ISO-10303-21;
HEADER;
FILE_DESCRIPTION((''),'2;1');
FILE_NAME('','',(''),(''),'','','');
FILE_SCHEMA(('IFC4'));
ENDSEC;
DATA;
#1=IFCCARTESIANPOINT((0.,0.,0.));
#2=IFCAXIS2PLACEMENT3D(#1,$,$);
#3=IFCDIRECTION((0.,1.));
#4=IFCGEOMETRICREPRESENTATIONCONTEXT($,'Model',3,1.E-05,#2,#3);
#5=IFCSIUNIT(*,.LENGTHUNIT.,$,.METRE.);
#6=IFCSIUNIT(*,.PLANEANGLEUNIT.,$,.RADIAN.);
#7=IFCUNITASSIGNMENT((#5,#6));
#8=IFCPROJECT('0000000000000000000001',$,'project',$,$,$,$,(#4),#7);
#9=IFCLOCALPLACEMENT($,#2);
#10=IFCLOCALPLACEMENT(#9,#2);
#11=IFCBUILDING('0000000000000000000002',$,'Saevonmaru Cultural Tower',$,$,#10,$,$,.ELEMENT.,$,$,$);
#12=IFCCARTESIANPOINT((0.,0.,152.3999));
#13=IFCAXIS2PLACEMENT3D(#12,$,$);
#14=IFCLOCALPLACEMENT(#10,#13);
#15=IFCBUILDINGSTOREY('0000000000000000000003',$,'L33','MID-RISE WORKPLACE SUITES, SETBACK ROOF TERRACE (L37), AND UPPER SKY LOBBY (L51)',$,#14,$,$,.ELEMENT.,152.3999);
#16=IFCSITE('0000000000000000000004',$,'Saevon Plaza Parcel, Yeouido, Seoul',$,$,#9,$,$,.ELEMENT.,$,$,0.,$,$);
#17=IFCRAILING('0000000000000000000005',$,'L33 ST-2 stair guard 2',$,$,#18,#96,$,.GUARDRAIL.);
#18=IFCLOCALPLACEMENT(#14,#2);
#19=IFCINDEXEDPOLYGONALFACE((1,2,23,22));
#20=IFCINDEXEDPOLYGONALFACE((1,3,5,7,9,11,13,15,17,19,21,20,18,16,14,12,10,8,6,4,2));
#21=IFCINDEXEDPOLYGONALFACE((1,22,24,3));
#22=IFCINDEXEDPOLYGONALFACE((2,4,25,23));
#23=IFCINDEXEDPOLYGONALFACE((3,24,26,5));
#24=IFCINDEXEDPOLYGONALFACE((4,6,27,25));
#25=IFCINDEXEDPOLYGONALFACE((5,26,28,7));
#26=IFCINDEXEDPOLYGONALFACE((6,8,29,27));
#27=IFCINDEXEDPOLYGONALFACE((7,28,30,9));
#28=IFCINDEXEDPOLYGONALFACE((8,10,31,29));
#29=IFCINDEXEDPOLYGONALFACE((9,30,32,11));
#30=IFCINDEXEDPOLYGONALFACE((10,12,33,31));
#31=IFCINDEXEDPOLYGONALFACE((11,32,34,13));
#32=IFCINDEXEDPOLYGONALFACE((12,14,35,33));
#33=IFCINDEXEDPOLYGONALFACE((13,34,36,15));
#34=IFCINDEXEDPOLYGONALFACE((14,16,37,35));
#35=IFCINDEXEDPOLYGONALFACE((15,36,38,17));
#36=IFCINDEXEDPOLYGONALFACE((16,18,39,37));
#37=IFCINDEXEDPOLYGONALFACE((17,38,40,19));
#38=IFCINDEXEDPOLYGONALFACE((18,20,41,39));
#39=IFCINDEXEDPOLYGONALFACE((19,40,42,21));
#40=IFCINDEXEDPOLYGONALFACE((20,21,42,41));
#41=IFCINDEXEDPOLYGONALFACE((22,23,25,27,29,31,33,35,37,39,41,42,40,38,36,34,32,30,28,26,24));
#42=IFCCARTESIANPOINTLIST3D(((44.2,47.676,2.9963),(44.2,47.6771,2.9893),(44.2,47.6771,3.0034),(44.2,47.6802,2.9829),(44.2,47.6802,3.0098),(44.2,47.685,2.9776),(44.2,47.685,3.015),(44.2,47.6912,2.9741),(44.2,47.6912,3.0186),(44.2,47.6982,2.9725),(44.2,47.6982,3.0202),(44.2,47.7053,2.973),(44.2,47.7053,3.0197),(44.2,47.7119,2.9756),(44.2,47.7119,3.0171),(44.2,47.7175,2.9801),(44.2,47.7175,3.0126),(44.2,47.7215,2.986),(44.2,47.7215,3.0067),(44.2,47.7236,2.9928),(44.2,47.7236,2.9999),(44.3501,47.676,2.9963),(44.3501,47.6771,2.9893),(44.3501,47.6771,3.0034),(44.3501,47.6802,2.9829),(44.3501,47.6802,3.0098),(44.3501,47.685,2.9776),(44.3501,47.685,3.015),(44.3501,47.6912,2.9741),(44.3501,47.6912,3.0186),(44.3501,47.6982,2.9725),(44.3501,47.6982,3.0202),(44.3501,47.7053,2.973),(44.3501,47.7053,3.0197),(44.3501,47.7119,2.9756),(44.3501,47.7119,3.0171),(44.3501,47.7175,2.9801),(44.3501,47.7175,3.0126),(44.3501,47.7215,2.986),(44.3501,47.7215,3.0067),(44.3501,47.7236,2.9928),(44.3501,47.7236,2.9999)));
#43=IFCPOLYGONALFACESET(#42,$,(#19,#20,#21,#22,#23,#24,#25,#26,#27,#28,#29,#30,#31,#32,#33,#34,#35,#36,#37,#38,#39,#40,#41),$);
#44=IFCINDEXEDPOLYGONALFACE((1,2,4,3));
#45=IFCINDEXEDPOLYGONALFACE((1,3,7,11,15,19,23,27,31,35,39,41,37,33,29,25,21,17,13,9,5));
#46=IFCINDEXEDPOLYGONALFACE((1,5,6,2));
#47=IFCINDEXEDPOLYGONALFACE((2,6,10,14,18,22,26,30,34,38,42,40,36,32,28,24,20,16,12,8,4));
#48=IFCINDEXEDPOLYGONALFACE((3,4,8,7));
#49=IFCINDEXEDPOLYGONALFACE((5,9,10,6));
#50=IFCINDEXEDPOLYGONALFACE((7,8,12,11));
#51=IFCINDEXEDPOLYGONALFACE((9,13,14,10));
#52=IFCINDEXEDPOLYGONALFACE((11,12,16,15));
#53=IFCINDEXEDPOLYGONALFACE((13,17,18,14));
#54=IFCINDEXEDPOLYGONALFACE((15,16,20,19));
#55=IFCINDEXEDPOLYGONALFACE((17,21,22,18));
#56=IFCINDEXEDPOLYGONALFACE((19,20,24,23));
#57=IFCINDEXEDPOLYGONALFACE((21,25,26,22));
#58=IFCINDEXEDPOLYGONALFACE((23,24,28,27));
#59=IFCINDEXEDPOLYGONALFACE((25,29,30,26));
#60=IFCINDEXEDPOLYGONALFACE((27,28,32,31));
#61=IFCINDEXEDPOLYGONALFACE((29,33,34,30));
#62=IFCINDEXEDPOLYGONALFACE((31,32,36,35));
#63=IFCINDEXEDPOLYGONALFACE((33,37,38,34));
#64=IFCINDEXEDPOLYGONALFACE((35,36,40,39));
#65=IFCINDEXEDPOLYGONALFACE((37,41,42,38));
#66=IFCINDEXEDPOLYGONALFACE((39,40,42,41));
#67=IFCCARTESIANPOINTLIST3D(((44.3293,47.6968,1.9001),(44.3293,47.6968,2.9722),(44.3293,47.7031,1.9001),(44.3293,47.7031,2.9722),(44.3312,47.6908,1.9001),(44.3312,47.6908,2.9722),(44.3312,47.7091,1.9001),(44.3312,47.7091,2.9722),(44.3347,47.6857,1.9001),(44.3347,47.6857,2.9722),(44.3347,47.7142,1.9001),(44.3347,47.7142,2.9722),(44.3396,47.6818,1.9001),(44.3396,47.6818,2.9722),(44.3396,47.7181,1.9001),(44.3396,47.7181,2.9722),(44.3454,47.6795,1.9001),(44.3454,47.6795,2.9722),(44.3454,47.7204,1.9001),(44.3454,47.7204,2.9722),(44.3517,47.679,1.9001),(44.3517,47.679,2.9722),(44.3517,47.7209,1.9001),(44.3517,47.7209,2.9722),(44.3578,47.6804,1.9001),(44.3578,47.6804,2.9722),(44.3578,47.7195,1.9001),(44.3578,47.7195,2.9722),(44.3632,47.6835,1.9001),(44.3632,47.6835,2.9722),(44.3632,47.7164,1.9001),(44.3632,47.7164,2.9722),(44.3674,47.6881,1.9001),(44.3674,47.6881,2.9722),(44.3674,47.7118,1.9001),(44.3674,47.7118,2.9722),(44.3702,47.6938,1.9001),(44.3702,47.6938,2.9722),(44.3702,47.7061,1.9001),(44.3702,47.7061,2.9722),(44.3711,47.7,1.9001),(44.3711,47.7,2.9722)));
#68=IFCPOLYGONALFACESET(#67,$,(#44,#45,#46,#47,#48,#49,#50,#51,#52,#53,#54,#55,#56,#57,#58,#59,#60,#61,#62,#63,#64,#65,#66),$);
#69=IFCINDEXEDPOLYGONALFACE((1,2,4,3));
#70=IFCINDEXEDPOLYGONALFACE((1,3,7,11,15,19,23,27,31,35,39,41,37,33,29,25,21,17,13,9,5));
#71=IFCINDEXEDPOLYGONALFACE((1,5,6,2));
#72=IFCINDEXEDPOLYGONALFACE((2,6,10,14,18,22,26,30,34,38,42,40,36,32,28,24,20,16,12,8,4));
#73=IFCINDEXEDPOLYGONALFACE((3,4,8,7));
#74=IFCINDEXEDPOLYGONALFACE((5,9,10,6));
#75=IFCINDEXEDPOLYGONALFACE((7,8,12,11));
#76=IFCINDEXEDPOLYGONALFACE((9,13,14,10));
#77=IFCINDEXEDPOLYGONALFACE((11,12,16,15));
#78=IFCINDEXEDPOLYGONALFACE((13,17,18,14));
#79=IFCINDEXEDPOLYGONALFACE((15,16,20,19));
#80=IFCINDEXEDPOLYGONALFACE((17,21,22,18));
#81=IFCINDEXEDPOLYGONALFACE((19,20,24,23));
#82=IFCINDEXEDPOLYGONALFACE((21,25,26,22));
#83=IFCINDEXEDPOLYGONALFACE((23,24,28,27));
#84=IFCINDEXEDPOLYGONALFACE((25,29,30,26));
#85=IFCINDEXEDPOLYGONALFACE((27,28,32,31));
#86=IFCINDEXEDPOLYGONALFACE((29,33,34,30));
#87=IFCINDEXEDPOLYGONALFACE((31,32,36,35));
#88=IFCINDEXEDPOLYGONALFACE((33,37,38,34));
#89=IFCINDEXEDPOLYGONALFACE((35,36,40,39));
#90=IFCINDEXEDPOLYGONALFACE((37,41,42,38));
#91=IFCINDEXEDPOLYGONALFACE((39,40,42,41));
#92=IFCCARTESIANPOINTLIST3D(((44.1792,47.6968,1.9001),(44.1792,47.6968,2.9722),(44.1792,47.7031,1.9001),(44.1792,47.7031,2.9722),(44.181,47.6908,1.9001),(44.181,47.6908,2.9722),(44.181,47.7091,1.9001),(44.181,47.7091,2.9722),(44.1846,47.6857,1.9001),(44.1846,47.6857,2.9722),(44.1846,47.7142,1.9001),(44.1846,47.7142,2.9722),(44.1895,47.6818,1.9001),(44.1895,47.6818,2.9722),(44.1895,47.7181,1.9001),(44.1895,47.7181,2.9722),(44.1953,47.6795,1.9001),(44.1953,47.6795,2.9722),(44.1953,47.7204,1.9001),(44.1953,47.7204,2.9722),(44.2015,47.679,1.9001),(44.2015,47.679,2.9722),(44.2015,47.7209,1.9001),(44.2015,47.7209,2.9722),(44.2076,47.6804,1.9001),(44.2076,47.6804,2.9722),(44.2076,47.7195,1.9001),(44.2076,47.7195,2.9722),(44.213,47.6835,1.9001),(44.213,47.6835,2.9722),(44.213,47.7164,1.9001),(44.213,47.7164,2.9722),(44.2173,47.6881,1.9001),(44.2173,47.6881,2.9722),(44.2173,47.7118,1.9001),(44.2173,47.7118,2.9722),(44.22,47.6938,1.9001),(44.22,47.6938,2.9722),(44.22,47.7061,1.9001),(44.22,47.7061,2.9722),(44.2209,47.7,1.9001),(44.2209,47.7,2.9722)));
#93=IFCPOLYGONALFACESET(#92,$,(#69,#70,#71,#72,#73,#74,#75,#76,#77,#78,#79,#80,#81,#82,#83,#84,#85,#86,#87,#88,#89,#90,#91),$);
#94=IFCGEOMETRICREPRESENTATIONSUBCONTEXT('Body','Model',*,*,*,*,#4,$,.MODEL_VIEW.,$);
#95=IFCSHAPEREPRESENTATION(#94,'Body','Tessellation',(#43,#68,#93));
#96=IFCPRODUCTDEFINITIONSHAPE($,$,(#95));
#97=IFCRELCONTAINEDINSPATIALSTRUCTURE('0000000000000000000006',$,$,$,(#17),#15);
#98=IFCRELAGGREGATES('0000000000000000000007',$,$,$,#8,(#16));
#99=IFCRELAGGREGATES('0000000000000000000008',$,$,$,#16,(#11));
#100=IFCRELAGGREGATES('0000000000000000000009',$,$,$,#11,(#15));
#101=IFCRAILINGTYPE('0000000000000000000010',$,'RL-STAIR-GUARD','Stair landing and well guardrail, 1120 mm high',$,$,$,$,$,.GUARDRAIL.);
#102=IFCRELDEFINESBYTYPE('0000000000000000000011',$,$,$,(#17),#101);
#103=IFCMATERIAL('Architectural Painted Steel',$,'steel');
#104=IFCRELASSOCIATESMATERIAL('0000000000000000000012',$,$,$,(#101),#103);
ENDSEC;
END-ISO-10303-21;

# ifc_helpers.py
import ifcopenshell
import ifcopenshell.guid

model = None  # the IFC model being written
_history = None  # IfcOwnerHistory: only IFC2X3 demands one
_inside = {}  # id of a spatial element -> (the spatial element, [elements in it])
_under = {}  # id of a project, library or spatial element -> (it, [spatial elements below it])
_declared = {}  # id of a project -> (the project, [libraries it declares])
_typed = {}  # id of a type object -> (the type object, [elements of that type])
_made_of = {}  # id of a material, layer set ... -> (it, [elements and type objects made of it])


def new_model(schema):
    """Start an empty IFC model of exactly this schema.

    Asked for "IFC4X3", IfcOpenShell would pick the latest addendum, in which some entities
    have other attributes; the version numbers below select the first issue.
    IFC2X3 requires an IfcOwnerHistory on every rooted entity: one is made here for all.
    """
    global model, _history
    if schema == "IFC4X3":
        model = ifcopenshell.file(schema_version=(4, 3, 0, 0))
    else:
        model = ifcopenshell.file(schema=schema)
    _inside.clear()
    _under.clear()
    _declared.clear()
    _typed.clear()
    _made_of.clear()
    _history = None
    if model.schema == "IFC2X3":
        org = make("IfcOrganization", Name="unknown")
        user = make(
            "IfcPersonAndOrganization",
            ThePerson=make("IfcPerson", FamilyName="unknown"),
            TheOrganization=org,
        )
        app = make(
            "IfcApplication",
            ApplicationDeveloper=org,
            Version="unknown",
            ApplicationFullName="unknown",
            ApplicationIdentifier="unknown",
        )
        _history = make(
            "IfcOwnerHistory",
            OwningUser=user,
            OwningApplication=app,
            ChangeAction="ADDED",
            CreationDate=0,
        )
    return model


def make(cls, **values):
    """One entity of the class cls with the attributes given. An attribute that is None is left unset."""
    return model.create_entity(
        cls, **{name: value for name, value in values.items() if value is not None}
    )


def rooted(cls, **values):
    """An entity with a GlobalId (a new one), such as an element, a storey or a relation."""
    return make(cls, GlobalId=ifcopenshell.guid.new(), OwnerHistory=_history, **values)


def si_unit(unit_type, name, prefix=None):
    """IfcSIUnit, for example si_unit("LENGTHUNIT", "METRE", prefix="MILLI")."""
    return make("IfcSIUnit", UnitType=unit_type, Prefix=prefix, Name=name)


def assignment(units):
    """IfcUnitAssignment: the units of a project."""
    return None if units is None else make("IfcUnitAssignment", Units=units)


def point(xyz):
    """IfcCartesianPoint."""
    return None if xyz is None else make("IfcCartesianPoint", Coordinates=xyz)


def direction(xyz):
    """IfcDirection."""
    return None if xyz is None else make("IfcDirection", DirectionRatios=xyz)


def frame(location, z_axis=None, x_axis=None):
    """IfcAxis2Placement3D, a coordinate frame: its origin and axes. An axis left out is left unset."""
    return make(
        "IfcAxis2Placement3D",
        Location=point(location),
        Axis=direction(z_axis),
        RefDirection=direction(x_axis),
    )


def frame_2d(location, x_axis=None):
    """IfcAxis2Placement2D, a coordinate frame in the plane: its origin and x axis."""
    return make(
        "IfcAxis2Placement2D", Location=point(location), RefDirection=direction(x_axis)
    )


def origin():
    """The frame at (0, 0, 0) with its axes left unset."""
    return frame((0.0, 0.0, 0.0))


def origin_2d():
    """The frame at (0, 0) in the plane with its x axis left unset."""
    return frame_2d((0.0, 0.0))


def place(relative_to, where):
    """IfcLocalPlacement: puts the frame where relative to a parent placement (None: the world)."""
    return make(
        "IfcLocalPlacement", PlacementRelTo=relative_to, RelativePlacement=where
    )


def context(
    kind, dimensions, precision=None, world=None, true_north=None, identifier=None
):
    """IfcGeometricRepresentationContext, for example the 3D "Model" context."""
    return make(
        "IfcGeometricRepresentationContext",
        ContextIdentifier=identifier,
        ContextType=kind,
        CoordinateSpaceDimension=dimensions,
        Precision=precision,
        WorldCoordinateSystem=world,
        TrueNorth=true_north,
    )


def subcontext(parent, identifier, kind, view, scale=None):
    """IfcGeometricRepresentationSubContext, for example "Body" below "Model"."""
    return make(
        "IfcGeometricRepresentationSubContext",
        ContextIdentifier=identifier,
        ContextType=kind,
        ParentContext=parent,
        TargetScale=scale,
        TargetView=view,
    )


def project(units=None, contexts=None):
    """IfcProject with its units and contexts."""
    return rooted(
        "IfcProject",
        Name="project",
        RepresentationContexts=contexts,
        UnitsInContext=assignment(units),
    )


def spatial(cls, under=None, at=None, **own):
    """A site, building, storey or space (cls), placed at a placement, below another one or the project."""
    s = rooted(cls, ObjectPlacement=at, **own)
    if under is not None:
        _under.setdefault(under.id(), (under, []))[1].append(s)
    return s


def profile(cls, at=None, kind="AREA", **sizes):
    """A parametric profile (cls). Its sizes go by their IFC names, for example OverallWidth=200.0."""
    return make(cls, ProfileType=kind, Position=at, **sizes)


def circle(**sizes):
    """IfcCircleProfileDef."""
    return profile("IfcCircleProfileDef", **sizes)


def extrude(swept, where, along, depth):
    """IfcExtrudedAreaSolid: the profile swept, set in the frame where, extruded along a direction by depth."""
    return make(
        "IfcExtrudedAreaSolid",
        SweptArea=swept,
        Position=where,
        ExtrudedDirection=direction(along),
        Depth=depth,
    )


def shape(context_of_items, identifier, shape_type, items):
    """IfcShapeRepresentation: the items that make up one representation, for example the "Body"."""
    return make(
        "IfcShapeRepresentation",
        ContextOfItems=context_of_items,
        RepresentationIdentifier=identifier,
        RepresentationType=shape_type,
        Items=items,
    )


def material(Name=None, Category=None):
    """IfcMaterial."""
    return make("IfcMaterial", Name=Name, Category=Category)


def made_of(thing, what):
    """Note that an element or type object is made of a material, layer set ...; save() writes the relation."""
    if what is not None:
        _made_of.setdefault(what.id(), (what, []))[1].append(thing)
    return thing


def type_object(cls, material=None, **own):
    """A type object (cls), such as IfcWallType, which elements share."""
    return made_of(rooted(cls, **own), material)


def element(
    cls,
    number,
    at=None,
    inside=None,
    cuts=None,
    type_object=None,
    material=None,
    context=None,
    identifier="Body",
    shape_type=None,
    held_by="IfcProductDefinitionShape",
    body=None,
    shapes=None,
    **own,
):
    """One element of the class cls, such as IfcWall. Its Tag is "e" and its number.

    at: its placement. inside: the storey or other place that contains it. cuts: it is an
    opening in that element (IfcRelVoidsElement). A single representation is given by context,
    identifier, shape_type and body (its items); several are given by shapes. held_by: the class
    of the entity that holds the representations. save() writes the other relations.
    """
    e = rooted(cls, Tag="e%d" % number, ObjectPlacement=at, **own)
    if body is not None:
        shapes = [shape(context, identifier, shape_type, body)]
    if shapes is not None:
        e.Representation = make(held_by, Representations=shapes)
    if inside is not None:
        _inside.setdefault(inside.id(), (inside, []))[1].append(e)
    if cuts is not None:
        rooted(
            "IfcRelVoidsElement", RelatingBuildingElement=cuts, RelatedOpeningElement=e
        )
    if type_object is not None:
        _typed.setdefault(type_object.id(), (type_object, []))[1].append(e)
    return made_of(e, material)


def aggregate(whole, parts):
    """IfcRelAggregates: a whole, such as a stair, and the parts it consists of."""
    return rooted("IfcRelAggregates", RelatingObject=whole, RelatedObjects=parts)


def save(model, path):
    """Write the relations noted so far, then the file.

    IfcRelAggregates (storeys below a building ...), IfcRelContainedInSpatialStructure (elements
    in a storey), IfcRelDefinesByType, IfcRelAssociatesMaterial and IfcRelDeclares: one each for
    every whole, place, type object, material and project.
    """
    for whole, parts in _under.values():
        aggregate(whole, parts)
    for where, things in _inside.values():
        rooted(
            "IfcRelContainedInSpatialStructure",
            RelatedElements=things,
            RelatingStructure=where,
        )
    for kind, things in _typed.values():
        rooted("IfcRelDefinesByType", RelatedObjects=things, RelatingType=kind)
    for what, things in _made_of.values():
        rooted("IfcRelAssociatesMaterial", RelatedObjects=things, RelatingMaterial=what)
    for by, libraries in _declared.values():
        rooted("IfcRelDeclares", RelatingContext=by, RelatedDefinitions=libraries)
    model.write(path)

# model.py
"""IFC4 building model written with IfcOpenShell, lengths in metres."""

from ifc_helpers import new_model, si_unit, direction, frame, origin, origin_2d, place, context, subcontext, project, spatial, circle, extrude, material, type_object, element, save


model = new_model("IFC4")

# Units and contexts
model_context = context("Model", 3, precision=1e-05, world=origin(), true_north=direction((0.0, 1.0)))
body_context = subcontext(model_context, "Body", "Model", "MODEL_VIEW")
ifc_project = project(units=[si_unit("LENGTHUNIT", "METRE"), si_unit("PLANEANGLEUNIT", "RADIAN")], contexts=[model_context])

# Site, building, storey
site_placement = place(None, origin())
site = spatial("IfcSite", under=ifc_project, at=site_placement, Name="Saevon Plaza Parcel, Yeouido, Seoul", CompositionType="ELEMENT", RefElevation=0.0)
building_placement = place(site_placement, origin())
building = spatial("IfcBuilding", under=site, at=building_placement, Name="Saevonmaru Cultural Tower", CompositionType="ELEMENT")
storey_placement = place(building_placement, frame((0.0, 0.0, 152.3999)))
storey = spatial("IfcBuildingStorey", under=building, at=storey_placement, Name="L33", Description="MID-RISE WORKPLACE SUITES, SETBACK ROOF TERRACE (L37), AND UPPER SKY LOBBY (L51)", CompositionType="ELEMENT", Elevation=152.3999)

# Railing
ifc_material_1 = material(Name="Architectural Painted Steel", Category="steel")
railing_type_1 = type_object("IfcRailingType", Name="RL-STAIR-GUARD", Description="Stair landing and well guardrail, 1120 mm high", PredefinedType="GUARDRAIL", material=ifc_material_1)
railing_1_placement = place(storey_placement, frame((44.3501, 47.7, 1.9001)))
element("IfcRailing", 1, at=railing_1_placement, inside=storey, type_object=railing_type_1, Name="L33 ST-2 stair guard 2", PredefinedType="GUARDRAIL", context=body_context, shape_type="SweptSolid", body=[
    extrude(circle(Radius=0.0239, at=origin_2d()), frame((0.0, 0.0, 1.0962), z_axis=(-1.0, 0.0, 0.0), x_axis=(0.0, -1.0, 0.0)), (0.0, 0.0, 1.0), 0.1501),
    extrude(circle(Radius=0.021, at=origin_2d()), origin(), (0.0, 0.0, 1.0), 1.072),
    extrude(circle(Radius=0.021, at=origin_2d()), frame((-0.1501, 0.0, 0.0)), (0.0, 0.0, 1.0), 1.072),
])

save(model, "model.ifc")
